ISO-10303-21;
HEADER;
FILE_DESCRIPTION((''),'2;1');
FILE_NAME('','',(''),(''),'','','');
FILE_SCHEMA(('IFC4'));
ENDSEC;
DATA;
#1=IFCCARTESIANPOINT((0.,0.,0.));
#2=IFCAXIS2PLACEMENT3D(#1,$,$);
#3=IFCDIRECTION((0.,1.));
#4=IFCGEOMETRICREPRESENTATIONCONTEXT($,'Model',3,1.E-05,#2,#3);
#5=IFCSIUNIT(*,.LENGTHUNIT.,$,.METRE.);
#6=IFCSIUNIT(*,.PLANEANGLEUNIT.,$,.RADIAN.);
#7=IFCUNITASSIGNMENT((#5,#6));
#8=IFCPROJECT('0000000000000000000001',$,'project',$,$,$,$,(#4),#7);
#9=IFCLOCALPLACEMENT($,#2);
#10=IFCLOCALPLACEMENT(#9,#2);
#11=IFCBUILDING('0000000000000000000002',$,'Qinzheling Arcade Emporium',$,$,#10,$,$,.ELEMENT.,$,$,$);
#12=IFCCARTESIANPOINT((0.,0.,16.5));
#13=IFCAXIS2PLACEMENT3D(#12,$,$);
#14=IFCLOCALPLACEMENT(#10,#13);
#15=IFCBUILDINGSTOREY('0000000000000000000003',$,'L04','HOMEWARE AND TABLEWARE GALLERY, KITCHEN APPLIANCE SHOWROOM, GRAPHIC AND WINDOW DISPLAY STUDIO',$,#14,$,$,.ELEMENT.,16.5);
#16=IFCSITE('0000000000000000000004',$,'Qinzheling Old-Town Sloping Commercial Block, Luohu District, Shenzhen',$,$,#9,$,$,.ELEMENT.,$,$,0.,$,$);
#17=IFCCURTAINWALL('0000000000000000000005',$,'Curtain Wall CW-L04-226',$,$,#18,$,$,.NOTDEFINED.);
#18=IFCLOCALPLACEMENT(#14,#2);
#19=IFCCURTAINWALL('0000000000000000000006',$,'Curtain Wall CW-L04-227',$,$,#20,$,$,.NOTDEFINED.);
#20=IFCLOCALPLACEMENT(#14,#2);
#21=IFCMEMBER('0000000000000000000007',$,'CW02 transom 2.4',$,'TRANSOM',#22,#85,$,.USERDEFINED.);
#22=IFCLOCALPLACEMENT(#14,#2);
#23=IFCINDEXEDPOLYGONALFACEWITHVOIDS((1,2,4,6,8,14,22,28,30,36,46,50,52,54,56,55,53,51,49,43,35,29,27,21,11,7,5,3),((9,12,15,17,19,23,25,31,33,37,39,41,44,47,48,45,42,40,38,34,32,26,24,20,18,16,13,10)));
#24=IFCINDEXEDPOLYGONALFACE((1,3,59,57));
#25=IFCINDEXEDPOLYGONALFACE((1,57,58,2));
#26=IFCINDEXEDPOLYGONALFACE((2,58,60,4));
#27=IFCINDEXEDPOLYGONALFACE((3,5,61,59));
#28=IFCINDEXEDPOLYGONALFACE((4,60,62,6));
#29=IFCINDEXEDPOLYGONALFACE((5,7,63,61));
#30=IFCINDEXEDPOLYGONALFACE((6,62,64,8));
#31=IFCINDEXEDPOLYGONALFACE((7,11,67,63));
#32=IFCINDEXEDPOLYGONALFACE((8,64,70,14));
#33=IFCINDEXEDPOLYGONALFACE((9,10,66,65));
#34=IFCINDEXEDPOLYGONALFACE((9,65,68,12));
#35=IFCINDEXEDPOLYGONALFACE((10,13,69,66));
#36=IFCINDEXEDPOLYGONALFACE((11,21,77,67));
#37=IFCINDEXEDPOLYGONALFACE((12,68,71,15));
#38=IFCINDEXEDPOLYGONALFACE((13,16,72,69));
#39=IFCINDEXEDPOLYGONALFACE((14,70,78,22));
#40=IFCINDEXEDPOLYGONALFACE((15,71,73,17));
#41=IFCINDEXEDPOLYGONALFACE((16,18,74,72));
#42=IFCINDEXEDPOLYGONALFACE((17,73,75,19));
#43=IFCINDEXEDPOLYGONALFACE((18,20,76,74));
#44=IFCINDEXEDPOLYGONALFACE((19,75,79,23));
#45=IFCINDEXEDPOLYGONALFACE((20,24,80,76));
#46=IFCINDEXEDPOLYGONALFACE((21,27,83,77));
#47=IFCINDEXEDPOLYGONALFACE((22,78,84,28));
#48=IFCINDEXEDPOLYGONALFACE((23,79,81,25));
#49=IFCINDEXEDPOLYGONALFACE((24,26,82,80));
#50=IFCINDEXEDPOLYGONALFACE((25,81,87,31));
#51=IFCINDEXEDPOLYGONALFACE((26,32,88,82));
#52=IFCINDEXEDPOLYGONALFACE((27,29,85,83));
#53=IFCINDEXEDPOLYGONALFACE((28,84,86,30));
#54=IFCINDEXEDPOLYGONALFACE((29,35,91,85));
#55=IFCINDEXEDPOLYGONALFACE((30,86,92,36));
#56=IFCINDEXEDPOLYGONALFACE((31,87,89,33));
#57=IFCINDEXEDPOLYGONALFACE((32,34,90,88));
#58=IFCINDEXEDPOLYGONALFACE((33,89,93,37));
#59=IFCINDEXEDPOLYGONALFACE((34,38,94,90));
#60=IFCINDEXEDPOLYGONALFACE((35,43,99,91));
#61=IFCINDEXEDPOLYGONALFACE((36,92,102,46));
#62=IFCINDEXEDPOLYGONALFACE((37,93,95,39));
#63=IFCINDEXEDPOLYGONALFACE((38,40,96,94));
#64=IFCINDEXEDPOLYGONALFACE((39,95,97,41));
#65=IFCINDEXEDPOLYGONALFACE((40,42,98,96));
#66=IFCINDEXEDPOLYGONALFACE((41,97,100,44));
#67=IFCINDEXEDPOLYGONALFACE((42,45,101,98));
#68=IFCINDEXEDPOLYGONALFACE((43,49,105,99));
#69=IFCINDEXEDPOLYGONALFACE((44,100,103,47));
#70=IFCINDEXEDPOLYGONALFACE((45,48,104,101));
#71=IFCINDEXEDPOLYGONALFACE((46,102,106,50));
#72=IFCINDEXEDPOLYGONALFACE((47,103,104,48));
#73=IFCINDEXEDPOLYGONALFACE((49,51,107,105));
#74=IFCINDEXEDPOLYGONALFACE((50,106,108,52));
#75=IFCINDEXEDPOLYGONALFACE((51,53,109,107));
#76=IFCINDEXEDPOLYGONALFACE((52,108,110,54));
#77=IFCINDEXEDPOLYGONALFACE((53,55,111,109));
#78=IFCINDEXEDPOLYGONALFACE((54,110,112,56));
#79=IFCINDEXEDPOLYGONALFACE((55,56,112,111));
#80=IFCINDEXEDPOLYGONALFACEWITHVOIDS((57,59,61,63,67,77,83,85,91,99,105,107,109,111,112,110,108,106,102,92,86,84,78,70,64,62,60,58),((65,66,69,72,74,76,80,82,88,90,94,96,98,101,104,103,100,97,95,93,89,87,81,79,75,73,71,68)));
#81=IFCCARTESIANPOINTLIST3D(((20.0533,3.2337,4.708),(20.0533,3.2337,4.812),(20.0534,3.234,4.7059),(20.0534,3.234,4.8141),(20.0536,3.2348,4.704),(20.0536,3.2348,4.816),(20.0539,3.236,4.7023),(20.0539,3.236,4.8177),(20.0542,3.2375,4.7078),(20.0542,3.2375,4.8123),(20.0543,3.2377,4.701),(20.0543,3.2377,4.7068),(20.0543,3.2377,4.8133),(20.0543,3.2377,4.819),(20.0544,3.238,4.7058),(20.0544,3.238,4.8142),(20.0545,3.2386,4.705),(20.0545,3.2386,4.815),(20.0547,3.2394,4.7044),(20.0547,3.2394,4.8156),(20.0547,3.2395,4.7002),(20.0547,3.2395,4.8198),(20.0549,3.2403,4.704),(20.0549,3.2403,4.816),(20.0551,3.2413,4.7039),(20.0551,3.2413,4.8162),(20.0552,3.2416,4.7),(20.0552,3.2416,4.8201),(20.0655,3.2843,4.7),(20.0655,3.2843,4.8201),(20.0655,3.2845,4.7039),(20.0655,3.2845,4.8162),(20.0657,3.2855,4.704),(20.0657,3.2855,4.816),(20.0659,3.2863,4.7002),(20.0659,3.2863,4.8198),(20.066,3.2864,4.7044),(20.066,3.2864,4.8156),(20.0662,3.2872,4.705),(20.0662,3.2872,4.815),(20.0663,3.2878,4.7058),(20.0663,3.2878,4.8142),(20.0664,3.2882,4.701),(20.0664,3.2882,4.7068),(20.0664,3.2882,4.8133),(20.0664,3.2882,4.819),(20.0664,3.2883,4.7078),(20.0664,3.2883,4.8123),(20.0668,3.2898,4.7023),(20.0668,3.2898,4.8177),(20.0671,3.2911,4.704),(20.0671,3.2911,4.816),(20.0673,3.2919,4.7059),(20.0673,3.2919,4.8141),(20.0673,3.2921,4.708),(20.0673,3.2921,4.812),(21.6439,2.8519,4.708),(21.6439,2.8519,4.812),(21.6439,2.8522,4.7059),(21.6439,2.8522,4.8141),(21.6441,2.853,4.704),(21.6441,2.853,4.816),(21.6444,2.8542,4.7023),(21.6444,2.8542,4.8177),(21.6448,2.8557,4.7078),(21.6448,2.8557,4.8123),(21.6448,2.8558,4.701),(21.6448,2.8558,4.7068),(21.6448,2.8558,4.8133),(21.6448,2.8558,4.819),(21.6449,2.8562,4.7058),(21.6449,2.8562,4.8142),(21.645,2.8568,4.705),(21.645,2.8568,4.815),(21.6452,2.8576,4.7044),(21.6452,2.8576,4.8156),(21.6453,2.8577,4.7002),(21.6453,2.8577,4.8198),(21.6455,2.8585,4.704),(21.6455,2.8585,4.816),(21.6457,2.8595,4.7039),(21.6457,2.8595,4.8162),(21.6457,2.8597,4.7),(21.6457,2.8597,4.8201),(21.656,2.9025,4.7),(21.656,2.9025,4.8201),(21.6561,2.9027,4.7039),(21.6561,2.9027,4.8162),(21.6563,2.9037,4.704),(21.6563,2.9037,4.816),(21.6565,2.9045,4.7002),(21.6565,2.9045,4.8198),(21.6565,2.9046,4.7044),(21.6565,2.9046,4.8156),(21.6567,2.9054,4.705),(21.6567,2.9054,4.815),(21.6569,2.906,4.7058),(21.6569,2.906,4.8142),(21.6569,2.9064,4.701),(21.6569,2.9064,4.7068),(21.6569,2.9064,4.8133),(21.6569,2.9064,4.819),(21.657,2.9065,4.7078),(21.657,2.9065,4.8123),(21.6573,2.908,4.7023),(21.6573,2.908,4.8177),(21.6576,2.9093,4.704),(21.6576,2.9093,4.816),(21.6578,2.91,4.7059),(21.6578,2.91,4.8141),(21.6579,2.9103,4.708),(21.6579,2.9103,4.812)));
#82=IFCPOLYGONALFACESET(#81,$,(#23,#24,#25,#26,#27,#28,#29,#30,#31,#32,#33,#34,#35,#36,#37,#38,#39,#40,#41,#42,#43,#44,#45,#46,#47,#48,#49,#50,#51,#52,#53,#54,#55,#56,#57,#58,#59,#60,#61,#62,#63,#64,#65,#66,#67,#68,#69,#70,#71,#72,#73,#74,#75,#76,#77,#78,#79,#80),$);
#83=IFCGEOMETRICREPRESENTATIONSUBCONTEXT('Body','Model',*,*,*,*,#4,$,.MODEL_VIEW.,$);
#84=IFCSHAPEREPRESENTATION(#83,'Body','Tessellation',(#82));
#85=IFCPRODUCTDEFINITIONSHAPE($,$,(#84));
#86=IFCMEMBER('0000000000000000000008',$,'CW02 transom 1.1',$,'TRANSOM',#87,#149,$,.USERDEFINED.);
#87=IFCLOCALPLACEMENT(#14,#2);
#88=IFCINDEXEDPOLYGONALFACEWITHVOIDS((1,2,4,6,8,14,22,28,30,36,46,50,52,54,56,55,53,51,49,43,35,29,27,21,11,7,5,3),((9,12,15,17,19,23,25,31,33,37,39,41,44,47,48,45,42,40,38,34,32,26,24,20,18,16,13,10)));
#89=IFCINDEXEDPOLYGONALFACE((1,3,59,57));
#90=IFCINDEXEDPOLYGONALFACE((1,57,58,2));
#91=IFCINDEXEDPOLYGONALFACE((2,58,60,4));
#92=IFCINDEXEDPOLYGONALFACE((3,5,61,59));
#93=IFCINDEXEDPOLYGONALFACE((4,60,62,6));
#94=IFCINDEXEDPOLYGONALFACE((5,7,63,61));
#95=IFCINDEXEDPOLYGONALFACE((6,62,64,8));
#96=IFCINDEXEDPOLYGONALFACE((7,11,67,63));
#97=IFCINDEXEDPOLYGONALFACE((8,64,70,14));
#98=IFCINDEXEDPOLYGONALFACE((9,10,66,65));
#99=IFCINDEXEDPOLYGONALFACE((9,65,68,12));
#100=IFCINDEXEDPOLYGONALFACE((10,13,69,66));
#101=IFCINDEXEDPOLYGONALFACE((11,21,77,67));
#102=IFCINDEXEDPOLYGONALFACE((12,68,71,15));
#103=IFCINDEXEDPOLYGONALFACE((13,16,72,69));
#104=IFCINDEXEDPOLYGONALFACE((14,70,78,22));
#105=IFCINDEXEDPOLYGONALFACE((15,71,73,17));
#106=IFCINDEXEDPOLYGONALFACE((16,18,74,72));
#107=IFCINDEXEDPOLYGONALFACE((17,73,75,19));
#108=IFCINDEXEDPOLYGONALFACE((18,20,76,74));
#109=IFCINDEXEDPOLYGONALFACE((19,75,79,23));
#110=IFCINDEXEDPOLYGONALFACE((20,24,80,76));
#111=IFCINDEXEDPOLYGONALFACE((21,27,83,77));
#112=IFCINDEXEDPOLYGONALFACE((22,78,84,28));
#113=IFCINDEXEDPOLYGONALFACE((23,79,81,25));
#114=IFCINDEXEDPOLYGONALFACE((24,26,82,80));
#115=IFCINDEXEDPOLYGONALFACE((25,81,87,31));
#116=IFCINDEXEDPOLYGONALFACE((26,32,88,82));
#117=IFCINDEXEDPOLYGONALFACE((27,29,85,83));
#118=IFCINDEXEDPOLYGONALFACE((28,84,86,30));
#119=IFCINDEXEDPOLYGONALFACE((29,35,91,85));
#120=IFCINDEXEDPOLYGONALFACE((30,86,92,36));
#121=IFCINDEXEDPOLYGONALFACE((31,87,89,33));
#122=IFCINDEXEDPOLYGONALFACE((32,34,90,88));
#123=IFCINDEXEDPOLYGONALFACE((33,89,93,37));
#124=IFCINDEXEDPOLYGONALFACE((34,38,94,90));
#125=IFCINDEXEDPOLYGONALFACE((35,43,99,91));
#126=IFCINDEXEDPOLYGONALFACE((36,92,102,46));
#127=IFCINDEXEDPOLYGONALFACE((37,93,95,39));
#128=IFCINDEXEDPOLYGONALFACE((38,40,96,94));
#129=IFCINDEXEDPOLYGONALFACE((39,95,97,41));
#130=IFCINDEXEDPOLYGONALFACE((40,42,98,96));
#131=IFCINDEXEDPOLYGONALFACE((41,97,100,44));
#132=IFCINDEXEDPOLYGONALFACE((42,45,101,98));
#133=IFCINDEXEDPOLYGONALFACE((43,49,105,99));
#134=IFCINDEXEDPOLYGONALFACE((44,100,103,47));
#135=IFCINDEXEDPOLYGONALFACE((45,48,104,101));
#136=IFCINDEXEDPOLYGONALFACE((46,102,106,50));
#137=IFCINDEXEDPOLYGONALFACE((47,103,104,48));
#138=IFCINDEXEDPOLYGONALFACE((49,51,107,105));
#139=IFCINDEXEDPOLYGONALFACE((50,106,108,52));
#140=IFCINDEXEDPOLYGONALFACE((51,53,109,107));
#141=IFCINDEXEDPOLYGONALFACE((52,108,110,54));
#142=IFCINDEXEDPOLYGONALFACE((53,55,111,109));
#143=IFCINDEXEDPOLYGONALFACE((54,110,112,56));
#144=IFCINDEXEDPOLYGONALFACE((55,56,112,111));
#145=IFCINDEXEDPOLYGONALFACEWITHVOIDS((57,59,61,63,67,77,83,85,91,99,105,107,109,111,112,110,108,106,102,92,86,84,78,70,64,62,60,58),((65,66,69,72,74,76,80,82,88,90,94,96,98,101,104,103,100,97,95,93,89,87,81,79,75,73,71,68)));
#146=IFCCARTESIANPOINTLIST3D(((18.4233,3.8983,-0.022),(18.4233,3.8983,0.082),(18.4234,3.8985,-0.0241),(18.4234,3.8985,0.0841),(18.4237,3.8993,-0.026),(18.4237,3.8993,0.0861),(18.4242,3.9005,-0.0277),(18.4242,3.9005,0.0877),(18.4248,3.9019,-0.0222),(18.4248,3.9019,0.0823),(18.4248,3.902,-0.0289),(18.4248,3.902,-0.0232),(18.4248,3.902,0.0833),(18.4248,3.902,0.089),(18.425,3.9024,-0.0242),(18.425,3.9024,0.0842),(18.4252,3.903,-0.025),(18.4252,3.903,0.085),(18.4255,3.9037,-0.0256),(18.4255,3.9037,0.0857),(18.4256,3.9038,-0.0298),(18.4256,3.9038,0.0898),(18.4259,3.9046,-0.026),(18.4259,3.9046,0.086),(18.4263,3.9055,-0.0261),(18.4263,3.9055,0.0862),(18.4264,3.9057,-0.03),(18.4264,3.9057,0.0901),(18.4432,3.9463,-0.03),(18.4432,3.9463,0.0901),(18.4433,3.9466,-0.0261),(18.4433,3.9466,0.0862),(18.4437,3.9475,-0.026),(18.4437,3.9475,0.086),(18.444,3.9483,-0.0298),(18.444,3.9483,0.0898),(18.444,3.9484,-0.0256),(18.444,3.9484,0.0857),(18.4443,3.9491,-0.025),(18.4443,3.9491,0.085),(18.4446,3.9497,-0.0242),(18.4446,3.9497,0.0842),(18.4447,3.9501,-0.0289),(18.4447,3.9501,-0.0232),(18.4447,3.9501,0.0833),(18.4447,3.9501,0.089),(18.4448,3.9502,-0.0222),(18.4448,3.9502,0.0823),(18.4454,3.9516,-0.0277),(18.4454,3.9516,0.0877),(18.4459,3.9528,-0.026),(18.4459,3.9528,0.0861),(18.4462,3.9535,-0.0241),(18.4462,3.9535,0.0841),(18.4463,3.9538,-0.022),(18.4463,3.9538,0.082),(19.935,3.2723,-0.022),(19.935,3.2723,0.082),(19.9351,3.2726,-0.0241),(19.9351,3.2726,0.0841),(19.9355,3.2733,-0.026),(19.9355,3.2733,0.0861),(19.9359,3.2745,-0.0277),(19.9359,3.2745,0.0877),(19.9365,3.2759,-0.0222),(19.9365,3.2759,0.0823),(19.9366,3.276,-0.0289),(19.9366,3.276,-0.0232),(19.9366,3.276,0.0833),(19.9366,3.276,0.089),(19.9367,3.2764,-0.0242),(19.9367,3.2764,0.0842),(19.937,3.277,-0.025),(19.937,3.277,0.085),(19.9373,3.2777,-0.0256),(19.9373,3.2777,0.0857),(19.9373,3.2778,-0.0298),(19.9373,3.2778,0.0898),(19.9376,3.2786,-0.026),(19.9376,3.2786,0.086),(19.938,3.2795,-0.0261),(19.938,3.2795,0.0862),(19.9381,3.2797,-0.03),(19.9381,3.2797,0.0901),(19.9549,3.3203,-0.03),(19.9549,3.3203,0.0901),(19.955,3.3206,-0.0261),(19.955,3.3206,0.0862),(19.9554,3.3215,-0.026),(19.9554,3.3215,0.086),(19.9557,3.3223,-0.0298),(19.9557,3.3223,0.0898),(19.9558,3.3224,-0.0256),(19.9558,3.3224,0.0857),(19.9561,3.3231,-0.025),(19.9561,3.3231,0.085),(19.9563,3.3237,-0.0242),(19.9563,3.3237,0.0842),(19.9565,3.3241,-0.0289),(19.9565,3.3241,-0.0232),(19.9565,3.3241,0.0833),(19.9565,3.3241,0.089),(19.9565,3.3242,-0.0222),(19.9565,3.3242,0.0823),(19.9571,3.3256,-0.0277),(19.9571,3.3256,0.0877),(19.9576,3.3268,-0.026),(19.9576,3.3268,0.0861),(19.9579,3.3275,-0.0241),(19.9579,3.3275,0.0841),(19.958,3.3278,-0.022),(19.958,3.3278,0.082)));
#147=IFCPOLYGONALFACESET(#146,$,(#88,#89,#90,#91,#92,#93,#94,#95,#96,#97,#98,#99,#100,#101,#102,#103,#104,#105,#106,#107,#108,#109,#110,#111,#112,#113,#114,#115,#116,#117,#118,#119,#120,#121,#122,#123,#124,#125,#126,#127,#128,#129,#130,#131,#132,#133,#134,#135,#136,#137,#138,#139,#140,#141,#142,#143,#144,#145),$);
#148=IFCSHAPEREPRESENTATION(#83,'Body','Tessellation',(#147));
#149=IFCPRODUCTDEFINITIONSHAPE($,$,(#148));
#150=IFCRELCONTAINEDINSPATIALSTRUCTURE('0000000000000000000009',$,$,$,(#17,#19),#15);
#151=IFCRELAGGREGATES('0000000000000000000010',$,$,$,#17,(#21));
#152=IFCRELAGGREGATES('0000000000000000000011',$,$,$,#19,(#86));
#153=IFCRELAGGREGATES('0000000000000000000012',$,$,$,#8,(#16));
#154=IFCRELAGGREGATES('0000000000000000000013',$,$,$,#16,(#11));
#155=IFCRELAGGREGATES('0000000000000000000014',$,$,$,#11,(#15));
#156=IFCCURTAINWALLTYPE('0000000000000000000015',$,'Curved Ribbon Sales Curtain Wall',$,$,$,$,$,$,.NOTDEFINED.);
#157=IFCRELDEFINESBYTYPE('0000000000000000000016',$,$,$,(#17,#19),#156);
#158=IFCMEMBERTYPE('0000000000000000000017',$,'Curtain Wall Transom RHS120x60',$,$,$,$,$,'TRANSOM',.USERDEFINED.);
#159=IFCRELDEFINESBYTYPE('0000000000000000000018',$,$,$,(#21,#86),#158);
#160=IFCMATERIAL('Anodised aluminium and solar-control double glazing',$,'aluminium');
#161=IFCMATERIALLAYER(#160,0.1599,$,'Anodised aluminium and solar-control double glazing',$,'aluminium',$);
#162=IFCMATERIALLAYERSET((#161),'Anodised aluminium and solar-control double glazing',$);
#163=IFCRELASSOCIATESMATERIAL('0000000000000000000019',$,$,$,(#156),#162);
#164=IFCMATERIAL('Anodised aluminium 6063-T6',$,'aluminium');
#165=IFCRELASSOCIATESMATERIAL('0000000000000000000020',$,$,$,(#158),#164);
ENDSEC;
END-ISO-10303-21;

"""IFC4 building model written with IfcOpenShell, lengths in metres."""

from ifc_helpers import new_model, si_unit, direction, frame, origin, origin_2d, place, context, subcontext, project, spatial, hollow_rectangle, extrude, material, layer, layer_set, material_profile, profile_set, type_object, element, aggregate, save


model = new_model("IFC4")

# Units and contexts
model_context = context("Model", 3, precision=1e-05, world=origin(), true_north=direction((0.0, 1.0)))
body_context = subcontext(model_context, "Body", "Model", "MODEL_VIEW")
ifc_project = project(units=[si_unit("LENGTHUNIT", "METRE"), si_unit("PLANEANGLEUNIT", "RADIAN")], contexts=[model_context])

# Site, building, storey
site_placement = place(None, origin())
site = spatial("IfcSite", under=ifc_project, at=site_placement, Name="Qinzheling Old-Town Sloping Commercial Block, Luohu District, Shenzhen", CompositionType="ELEMENT", RefElevation=0.0)
building_placement = place(site_placement, origin())
building = spatial("IfcBuilding", under=site, at=building_placement, Name="Qinzheling Arcade Emporium", CompositionType="ELEMENT")
storey_placement = place(building_placement, frame((0.0, 0.0, 16.5)))
storey = spatial("IfcBuildingStorey", under=building, at=storey_placement, Name="L04", Description="HOMEWARE AND TABLEWARE GALLERY, KITCHEN APPLIANCE SHOWROOM, GRAPHIC AND WINDOW DISPLAY STUDIO", CompositionType="ELEMENT", Elevation=16.5)

# Curtain walls
ifc_material_1 = material(Name="Anodised aluminium and solar-control double glazing", Category="aluminium")
ifc_layer_1 = layer(ifc_material_1, 0.1599, Name="Anodised aluminium and solar-control double glazing", Category="aluminium")
ifc_layer_set_1 = layer_set([ifc_layer_1], Name="Anodised aluminium and solar-control double glazing")
curtain_wall_type = type_object("IfcCurtainWallType", Name="Curved Ribbon Sales Curtain Wall", PredefinedType="NOTDEFINED", material=ifc_layer_set_1)
ifc_material_2 = material(Name="Anodised aluminium 6063-T6", Category="aluminium")
curtain_wall_1_placement = place(storey_placement, origin())
curtain_wall_1 = element("IfcCurtainWall", 1, at=curtain_wall_1_placement, inside=storey, type_object=curtain_wall_type, Name="Curtain Wall CW-L04-226", PredefinedType="NOTDEFINED")
curtain_wall_2_placement = place(storey_placement, origin())
curtain_wall_2 = element("IfcCurtainWall", 2, at=curtain_wall_2_placement, inside=storey, type_object=curtain_wall_type, Name="Curtain Wall CW-L04-227", PredefinedType="NOTDEFINED")

# Members
ifc_material_profile_1 = material_profile(ifc_material_2, hollow_rectangle(XDim=0.0601, YDim=0.1201, WallThickness=0.0039, InnerFilletRadius=0.0039, OuterFilletRadius=0.0081, at=origin_2d()), Name="RHS 120x60x4", Category="aluminium")
ifc_profile_set_1 = profile_set([ifc_material_profile_1], Name="Anodised aluminium 6063-T6")
member_type_1 = type_object("IfcMemberType", Name="Curtain Wall Transom RHS120x60", ElementType="TRANSOM", PredefinedType="USERDEFINED", material=ifc_profile_set_1)
member_1_placement = place(storey_placement, frame((21.6509, 2.8811, 4.76), z_axis=(-0.972374, 0.233429, 0.0), x_axis=(-0.233429, -0.972374, 0.0)))
member_1 = element("IfcMember", 3, at=member_1_placement, type_object=member_type_1, Name="CW02 transom 2.4", ObjectType="TRANSOM", PredefinedType="USERDEFINED", context=body_context, shape_type="SweptSolid", body=[
    extrude(hollow_rectangle(XDim=0.0601, YDim=0.1201, WallThickness=0.0039, InnerFilletRadius=0.0039, OuterFilletRadius=0.0081, at=origin_2d()), origin(), (0.0, 0.0, 1.0), 1.6357),
])
member_2_placement = place(storey_placement, frame((19.9465, 3.3, 0.03), z_axis=(-0.923922, 0.38258, 0.0), x_axis=(-0.38258, -0.923922, 0.0)))
member_2 = element("IfcMember", 4, at=member_2_placement, type_object=member_type_1, Name="CW02 transom 1.1", ObjectType="TRANSOM", PredefinedType="USERDEFINED", context=body_context, shape_type="SweptSolid", body=[
    extrude(hollow_rectangle(XDim=0.0601, YDim=0.1201, WallThickness=0.0039, InnerFilletRadius=0.0039, OuterFilletRadius=0.0081, at=origin_2d()), origin(), (0.0, 0.0, 1.0), 1.6362),
])

aggregate(curtain_wall_1, [member_1])
aggregate(curtain_wall_2, [member_2])

save(model, "model.ifc")
